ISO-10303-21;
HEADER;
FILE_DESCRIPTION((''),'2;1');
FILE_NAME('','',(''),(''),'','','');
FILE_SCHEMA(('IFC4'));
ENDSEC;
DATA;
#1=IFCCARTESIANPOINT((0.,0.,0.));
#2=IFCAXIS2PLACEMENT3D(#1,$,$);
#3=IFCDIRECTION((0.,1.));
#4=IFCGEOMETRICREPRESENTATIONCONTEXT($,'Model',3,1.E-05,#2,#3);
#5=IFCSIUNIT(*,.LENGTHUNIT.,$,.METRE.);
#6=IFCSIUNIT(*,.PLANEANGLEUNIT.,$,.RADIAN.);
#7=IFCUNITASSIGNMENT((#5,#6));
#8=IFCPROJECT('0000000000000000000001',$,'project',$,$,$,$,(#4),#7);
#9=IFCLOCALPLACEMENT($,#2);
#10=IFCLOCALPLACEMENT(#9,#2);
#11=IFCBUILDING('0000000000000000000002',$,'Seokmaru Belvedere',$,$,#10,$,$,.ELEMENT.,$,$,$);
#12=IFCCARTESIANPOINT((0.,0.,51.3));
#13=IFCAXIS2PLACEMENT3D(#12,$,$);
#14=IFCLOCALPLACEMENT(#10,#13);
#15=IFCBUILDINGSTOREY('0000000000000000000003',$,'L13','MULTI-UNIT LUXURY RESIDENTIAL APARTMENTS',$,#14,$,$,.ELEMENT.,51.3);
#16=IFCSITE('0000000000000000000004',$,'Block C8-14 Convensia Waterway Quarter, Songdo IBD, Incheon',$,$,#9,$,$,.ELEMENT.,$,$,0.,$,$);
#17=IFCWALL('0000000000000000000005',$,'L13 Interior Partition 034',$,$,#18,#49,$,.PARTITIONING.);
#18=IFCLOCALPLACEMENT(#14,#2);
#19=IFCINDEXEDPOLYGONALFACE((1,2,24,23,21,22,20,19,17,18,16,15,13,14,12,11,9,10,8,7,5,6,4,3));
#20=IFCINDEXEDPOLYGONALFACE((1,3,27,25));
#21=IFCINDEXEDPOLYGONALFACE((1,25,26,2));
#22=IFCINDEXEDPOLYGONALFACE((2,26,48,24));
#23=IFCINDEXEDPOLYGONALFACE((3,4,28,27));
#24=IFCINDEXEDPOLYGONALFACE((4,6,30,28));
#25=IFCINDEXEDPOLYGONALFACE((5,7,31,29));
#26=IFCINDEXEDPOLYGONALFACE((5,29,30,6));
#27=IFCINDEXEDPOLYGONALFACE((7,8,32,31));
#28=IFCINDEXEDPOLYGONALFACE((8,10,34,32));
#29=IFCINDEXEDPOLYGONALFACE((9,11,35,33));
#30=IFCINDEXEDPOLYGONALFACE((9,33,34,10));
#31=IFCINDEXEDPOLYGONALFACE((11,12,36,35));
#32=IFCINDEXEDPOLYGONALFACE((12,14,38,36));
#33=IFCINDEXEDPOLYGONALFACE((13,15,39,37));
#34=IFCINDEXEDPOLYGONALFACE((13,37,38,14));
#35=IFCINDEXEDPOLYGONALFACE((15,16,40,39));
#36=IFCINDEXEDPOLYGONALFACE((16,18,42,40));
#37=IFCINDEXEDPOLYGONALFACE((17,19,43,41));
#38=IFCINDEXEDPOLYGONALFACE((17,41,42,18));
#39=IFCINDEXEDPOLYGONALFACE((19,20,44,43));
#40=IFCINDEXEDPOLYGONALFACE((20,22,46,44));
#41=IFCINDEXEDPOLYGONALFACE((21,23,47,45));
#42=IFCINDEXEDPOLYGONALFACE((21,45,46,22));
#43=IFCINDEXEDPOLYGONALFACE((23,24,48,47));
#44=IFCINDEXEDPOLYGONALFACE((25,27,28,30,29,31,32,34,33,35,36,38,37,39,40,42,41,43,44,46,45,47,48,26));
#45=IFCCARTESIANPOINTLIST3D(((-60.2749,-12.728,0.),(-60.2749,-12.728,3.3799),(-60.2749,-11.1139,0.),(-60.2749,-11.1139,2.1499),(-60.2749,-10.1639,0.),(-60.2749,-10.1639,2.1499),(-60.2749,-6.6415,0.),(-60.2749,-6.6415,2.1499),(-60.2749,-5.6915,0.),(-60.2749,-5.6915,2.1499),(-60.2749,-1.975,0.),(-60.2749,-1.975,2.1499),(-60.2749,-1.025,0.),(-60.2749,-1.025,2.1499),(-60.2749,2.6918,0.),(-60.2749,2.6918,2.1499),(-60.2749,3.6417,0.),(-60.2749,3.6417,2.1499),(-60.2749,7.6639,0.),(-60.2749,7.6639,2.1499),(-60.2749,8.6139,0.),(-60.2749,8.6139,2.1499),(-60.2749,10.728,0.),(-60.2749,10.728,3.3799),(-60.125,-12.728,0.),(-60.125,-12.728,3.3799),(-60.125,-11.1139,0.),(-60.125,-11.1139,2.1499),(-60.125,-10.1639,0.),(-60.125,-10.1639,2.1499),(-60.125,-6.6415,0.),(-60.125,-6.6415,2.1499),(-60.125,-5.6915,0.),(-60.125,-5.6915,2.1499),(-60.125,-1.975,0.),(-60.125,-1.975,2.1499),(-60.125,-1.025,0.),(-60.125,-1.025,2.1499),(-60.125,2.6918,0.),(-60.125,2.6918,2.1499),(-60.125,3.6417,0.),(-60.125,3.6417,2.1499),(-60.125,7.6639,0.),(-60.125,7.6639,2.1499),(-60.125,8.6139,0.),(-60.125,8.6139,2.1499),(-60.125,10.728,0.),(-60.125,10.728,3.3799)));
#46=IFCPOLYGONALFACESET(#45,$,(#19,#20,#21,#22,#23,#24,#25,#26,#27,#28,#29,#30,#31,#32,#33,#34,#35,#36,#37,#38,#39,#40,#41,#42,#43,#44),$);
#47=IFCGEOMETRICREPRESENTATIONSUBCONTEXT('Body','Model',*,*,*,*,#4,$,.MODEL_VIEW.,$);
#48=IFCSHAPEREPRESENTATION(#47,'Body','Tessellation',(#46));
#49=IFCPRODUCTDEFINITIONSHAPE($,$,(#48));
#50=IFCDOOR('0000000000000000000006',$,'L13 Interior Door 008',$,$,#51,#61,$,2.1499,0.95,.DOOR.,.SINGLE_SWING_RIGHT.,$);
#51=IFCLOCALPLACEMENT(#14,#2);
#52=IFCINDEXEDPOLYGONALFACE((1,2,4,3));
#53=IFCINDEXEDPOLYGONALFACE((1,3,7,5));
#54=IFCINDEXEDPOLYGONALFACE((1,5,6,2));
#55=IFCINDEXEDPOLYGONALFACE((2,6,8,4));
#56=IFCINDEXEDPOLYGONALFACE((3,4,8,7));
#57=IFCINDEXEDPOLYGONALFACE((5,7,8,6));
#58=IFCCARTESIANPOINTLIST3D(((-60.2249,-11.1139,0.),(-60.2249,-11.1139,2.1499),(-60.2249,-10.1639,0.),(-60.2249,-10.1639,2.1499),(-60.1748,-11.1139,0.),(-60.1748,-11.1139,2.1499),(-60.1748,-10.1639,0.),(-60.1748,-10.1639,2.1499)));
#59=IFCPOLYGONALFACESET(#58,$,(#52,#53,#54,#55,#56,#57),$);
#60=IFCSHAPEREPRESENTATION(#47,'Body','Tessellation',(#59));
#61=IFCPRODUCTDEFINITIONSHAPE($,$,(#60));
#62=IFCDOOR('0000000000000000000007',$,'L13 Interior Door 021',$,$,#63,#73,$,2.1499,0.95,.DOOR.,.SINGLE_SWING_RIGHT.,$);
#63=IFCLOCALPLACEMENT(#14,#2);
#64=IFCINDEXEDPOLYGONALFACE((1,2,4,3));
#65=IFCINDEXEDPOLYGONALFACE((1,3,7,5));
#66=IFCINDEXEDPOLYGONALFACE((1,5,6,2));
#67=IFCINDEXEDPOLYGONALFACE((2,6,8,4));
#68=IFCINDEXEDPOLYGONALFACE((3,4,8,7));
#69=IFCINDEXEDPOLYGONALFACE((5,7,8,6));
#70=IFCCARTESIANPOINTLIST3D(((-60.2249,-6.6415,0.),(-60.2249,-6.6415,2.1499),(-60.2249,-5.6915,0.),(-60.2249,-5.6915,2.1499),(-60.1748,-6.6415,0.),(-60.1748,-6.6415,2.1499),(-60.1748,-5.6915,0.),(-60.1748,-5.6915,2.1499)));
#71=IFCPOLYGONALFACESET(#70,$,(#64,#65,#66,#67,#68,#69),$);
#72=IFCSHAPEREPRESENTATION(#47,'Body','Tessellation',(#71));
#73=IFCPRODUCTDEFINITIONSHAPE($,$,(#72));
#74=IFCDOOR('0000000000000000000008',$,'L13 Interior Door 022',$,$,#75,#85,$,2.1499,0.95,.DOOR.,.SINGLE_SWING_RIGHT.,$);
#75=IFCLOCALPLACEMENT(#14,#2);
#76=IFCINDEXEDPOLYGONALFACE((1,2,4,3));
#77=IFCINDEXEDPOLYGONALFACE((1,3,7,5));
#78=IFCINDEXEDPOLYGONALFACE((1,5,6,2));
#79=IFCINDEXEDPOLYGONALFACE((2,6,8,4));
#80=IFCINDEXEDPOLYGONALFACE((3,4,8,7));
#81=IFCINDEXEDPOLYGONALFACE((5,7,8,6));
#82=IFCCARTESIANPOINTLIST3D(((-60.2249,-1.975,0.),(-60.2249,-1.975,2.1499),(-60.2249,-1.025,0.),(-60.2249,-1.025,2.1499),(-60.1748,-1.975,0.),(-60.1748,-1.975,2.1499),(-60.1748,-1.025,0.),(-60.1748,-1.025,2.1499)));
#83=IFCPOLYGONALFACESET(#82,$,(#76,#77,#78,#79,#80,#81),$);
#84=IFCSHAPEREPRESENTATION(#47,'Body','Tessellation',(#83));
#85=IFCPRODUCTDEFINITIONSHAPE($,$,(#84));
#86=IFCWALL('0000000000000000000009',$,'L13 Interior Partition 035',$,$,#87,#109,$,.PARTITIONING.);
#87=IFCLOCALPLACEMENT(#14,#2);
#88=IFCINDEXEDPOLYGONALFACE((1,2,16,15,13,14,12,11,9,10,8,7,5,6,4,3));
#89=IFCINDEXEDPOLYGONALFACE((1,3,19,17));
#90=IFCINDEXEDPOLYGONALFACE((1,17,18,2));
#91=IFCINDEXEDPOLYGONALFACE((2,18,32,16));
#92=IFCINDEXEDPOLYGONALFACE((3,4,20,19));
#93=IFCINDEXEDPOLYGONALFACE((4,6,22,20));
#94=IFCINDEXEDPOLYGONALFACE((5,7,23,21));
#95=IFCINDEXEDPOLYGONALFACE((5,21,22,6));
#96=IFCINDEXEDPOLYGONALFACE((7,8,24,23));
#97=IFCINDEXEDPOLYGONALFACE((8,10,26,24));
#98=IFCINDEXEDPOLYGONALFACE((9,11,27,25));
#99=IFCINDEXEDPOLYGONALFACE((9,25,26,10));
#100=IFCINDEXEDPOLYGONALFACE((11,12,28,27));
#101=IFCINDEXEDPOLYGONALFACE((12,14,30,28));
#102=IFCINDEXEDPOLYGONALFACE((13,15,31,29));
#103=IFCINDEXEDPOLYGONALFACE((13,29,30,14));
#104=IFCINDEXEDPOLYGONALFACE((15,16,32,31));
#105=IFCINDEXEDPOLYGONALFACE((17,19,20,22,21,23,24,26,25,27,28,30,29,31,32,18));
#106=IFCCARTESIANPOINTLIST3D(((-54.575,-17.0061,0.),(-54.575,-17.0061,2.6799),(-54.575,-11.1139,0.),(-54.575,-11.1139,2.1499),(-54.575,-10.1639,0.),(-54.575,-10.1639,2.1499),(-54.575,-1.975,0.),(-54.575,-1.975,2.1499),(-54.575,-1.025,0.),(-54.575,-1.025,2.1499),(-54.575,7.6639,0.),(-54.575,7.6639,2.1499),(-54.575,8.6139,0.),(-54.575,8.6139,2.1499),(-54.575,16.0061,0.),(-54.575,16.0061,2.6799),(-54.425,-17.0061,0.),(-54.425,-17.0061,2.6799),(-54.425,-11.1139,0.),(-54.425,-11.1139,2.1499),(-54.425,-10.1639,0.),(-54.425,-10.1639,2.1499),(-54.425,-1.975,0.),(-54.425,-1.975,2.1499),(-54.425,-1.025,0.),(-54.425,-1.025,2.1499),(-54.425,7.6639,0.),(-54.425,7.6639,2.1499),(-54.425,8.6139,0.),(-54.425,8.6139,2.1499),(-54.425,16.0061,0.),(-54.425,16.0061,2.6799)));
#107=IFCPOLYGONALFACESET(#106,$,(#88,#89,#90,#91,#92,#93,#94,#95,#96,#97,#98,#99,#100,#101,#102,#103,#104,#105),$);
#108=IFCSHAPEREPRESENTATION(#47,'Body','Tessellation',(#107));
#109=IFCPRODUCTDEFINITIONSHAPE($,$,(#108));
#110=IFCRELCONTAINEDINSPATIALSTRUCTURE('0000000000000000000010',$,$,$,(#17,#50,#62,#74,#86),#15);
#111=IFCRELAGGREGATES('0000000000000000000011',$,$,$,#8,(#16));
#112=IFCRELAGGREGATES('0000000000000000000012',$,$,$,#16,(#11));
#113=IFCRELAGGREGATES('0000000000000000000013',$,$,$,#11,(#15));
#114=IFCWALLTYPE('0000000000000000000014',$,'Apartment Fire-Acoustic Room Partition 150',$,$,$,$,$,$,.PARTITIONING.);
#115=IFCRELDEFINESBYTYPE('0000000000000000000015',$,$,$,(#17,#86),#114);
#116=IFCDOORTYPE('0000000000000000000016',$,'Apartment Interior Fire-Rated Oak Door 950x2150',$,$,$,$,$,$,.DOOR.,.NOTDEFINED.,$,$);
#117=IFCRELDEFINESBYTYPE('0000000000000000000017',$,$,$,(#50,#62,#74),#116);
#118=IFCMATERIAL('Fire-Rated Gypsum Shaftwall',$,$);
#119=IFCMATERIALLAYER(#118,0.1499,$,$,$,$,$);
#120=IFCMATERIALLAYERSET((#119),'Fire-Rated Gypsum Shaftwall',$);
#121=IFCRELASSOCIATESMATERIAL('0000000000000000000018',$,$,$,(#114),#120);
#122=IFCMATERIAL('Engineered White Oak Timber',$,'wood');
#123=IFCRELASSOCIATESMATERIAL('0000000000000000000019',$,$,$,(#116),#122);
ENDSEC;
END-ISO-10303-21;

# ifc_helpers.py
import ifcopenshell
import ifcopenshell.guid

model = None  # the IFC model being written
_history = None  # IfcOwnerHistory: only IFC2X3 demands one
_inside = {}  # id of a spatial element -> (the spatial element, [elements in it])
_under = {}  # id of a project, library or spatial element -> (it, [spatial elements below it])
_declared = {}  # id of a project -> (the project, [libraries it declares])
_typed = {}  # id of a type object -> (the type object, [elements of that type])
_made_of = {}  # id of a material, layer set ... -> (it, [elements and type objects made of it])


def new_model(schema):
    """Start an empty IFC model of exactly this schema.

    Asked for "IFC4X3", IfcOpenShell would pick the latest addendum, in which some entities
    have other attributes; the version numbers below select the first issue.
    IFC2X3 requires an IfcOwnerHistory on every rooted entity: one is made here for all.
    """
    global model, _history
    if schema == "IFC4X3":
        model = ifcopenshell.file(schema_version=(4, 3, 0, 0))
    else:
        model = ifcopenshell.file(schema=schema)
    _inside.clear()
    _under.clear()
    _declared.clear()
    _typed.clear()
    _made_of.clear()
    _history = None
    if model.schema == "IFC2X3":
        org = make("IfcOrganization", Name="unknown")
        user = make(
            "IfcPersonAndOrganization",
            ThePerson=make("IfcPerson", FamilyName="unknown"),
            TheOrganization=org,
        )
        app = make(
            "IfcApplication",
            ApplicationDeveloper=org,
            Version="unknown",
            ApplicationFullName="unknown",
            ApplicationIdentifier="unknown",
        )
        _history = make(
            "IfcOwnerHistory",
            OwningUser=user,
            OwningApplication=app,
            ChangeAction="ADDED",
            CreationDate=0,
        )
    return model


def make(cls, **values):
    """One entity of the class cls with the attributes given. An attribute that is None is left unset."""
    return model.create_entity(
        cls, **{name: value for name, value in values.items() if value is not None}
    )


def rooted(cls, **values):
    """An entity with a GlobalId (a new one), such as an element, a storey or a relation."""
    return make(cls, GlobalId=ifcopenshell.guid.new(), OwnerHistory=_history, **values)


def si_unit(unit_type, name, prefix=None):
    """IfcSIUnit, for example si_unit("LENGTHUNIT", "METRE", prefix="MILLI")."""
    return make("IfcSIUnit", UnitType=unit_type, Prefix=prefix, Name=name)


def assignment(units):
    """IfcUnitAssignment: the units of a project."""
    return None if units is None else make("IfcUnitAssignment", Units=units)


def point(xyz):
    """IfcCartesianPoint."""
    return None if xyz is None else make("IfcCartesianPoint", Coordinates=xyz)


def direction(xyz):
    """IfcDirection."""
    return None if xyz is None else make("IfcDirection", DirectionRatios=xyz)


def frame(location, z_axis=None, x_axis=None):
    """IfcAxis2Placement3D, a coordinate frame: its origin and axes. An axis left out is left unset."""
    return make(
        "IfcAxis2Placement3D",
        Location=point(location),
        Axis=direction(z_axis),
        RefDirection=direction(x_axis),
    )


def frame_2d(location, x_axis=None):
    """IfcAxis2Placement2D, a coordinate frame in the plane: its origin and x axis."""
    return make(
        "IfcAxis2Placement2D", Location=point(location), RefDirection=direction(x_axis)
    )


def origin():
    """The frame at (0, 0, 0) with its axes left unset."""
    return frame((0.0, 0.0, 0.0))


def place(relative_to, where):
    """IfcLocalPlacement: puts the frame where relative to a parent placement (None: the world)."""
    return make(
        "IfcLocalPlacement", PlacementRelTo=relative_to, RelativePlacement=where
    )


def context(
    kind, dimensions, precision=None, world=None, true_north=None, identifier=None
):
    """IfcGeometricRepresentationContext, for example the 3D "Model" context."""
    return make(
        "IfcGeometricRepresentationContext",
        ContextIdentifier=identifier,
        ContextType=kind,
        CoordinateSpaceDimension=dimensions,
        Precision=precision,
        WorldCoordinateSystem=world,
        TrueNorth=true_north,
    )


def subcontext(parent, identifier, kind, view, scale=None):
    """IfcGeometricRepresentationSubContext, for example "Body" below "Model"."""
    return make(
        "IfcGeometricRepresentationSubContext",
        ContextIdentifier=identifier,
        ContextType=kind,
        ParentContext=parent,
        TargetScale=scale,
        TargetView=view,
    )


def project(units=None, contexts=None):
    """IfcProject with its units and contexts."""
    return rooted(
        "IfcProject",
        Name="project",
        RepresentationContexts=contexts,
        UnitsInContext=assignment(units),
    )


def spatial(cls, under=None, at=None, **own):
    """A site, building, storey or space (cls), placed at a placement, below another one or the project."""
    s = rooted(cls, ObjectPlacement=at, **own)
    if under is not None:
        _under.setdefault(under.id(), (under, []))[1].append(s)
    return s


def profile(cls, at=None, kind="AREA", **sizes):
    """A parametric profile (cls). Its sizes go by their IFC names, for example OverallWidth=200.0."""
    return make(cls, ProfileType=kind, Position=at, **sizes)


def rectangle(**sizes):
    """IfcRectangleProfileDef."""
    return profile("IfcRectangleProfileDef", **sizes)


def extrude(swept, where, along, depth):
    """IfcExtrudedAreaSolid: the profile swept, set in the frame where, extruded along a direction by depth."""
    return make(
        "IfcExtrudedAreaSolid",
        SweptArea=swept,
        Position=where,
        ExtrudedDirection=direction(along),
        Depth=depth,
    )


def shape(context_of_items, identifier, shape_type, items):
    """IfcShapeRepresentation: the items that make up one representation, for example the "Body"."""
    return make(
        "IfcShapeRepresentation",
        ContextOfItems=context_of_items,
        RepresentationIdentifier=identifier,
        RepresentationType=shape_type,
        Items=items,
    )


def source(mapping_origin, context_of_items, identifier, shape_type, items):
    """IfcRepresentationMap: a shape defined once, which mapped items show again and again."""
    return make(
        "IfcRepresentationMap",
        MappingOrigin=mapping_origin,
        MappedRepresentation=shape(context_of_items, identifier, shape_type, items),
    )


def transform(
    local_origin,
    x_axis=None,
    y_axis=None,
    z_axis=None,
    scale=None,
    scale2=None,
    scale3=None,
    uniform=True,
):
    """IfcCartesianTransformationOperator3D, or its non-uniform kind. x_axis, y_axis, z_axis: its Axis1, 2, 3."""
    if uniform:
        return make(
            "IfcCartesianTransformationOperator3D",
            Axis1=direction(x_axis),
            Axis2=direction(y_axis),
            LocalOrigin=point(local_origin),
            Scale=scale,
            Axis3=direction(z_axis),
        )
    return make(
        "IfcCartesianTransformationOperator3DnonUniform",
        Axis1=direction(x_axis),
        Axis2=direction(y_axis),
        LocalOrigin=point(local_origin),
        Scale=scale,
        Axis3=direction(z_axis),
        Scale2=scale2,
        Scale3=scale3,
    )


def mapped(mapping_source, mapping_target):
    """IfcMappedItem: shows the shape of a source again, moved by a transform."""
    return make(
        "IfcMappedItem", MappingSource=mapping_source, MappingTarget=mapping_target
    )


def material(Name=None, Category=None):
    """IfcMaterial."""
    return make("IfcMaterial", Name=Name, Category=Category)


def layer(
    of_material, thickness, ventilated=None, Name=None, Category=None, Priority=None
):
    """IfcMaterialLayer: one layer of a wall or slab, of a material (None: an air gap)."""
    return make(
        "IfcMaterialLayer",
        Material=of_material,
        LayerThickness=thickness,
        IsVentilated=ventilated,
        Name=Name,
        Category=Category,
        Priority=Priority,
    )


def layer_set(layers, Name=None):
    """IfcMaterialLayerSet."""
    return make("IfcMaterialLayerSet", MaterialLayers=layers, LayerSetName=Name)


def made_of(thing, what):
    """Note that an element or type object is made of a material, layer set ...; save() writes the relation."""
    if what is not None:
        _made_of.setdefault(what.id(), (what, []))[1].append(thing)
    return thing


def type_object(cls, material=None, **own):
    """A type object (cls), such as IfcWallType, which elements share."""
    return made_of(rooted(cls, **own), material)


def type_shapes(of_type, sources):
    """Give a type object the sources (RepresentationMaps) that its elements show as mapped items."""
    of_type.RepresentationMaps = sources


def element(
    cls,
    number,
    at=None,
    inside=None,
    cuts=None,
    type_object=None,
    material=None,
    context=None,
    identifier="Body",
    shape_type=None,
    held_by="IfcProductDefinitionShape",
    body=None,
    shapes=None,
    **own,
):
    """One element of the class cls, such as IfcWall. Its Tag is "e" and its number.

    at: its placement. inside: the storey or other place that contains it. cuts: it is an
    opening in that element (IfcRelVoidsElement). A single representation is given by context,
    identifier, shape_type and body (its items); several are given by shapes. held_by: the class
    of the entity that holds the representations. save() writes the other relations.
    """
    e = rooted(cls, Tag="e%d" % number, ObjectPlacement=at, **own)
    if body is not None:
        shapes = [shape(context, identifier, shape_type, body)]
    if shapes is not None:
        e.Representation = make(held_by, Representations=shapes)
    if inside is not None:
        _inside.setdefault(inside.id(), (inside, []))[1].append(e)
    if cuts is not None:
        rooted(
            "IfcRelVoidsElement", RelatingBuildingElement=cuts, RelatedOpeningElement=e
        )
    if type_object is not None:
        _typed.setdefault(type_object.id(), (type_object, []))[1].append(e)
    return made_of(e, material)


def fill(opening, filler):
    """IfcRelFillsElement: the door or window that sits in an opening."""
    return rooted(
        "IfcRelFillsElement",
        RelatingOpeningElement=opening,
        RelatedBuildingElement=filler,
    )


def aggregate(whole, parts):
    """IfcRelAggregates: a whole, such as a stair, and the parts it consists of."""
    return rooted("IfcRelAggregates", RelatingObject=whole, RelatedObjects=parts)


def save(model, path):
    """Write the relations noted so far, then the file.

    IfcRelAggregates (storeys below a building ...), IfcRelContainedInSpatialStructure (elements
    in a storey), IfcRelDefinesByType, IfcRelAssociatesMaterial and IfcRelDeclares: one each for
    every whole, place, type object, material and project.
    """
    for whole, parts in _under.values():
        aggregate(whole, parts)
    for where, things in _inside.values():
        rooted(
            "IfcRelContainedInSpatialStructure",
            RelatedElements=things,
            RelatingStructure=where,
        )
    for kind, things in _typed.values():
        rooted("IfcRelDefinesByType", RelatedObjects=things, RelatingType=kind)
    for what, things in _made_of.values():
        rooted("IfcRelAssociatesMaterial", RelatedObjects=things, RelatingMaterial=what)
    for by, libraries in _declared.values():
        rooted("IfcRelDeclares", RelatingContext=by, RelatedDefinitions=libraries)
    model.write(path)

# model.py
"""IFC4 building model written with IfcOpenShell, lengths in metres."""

from ifc_helpers import new_model, si_unit, direction, frame, frame_2d, origin, place, context, subcontext, project, spatial, rectangle, extrude, source, transform, mapped, material, layer, layer_set, type_object, type_shapes, element, fill, save


model = new_model("IFC4")

# Units and contexts
model_context = context("Model", 3, precision=1e-05, world=origin(), true_north=direction((0.0, 1.0)))
body_context = subcontext(model_context, "Body", "Model", "MODEL_VIEW")
ifc_project = project(units=[si_unit("LENGTHUNIT", "METRE"), si_unit("PLANEANGLEUNIT", "RADIAN")], contexts=[model_context])

# Site, building, storey
site_placement = place(None, origin())
site = spatial("IfcSite", under=ifc_project, at=site_placement, Name="Block C8-14 Convensia Waterway Quarter, Songdo IBD, Incheon", CompositionType="ELEMENT", RefElevation=0.0)
building_placement = place(site_placement, origin())
building = spatial("IfcBuilding", under=site, at=building_placement, Name="Seokmaru Belvedere", CompositionType="ELEMENT")
storey_placement = place(building_placement, frame((0.0, 0.0, 51.3)))
storey = spatial("IfcBuildingStorey", under=building, at=storey_placement, Name="L13", Description="MULTI-UNIT LUXURY RESIDENTIAL APARTMENTS", CompositionType="ELEMENT", Elevation=51.3)

# Shared definitions
ifc_material_1 = material(Name="Fire-Rated Gypsum Shaftwall")
ifc_layer_1 = layer(ifc_material_1, 0.1499)
ifc_layer_set_1 = layer_set([ifc_layer_1], Name="Fire-Rated Gypsum Shaftwall")
wall_type = type_object("IfcWallType", Name="Apartment Fire-Acoustic Room Partition 150", PredefinedType="PARTITIONING", material=ifc_layer_set_1)
ifc_material_2 = material(Name="Engineered White Oak Timber", Category="wood")
door_type = type_object("IfcDoorType", Name="Apartment Interior Fire-Rated Oak Door 950x2150", OperationType="NOTDEFINED", PredefinedType="DOOR", material=ifc_material_2)
shared_shape_1 = source(origin(), body_context, "Body", "SweptSolid", [
    extrude(rectangle(XDim=0.95, YDim=2.1499, at=frame_2d((0.4751, 1.075))), frame((0.0, 0.0249, 0.0), z_axis=(0.0, -1.0, 0.0), x_axis=(1.0, 0.0, 0.0)), (0.0, 0.0, 1.0), 0.05),
])
type_shapes(door_type, [shared_shape_1])

# Wall, openings, doors
wall_1_placement = place(storey_placement, frame((-60.2, -12.728, 0.0), z_axis=(0.0, 0.0, 1.0), x_axis=(0.0, 1.0, 0.0)))
wall_1 = element("IfcWall", 1, at=wall_1_placement, inside=storey, type_object=wall_type, Name="L13 Interior Partition 034", PredefinedType="PARTITIONING", context=body_context, shape_type="SweptSolid", body=[
    extrude(rectangle(XDim=23.4561, YDim=0.1499, at=frame_2d((11.728, 0.0))), origin(), (0.0, 0.0, 1.0), 3.3799),
])
opening_1_placement = place(wall_1_placement, frame((1.614, 0.0, 0.0)))
opening_1 = element("IfcOpeningElement", 2, at=opening_1_placement, cuts=wall_1, PredefinedType="OPENING", context=body_context, shape_type="SweptSolid", body=[
    extrude(rectangle(XDim=0.95, YDim=2.1499, at=frame_2d((0.4751, 1.075))), frame((0.0, 0.085, 0.0), z_axis=(0.0, -1.0, 0.0), x_axis=(1.0, 0.0, 0.0)), (0.0, 0.0, 1.0), 0.1699),
])
opening_2_placement = place(wall_1_placement, frame((6.0864, 0.0, 0.0)))
opening_2 = element("IfcOpeningElement", 3, at=opening_2_placement, cuts=wall_1, PredefinedType="OPENING", context=body_context, shape_type="SweptSolid", body=[
    extrude(rectangle(XDim=0.95, YDim=2.1499, at=frame_2d((0.4751, 1.075))), frame((0.0, 0.085, 0.0), z_axis=(0.0, -1.0, 0.0), x_axis=(1.0, 0.0, 0.0)), (0.0, 0.0, 1.0), 0.1699),
])
opening_3_placement = place(wall_1_placement, frame((10.7529, 0.0, 0.0)))
opening_3 = element("IfcOpeningElement", 4, at=opening_3_placement, cuts=wall_1, PredefinedType="OPENING", context=body_context, shape_type="SweptSolid", body=[
    extrude(rectangle(XDim=0.95, YDim=2.1499, at=frame_2d((0.4751, 1.075))), frame((0.0, 0.085, 0.0), z_axis=(0.0, -1.0, 0.0), x_axis=(1.0, 0.0, 0.0)), (0.0, 0.0, 1.0), 0.1699),
])
opening_4_placement = place(wall_1_placement, frame((15.4197, 0.0, 0.0)))
element("IfcOpeningElement", 5, at=opening_4_placement, cuts=wall_1, PredefinedType="OPENING", context=body_context, shape_type="SweptSolid", body=[
    extrude(rectangle(XDim=0.95, YDim=2.1499, at=frame_2d((0.4751, 1.075))), frame((0.0, 0.085, 0.0), z_axis=(0.0, -1.0, 0.0), x_axis=(1.0, 0.0, 0.0)), (0.0, 0.0, 1.0), 0.1699),
])
opening_5_placement = place(wall_1_placement, frame((20.3918, 0.0, 0.0)))
element("IfcOpeningElement", 6, at=opening_5_placement, cuts=wall_1, PredefinedType="OPENING", context=body_context, shape_type="SweptSolid", body=[
    extrude(rectangle(XDim=0.95, YDim=2.1499, at=frame_2d((0.4751, 1.075))), frame((0.0, 0.085, 0.0), z_axis=(0.0, -1.0, 0.0), x_axis=(1.0, 0.0, 0.0)), (0.0, 0.0, 1.0), 0.1699),
])
door_1_placement = place(opening_1_placement, origin())
door_1 = element("IfcDoor", 7, at=door_1_placement, inside=storey, type_object=door_type, Name="L13 Interior Door 008", OperationType="SINGLE_SWING_RIGHT", OverallHeight=2.1499, OverallWidth=0.95, PredefinedType="DOOR", context=body_context, shape_type="MappedRepresentation", body=[
    mapped(shared_shape_1, transform((0.0, 0.0, 0.0), scale=1.0)),
])
fill(opening_1, door_1)
door_2_placement = place(opening_2_placement, origin())
door_2 = element("IfcDoor", 8, at=door_2_placement, inside=storey, type_object=door_type, Name="L13 Interior Door 021", OperationType="SINGLE_SWING_RIGHT", OverallHeight=2.1499, OverallWidth=0.95, PredefinedType="DOOR", context=body_context, shape_type="MappedRepresentation", body=[
    mapped(shared_shape_1, transform((0.0, 0.0, 0.0), scale=1.0)),
])
fill(opening_2, door_2)
door_3_placement = place(opening_3_placement, origin())
door_3 = element("IfcDoor", 9, at=door_3_placement, inside=storey, type_object=door_type, Name="L13 Interior Door 022", OperationType="SINGLE_SWING_RIGHT", OverallHeight=2.1499, OverallWidth=0.95, PredefinedType="DOOR", context=body_context, shape_type="MappedRepresentation", body=[
    mapped(shared_shape_1, transform((0.0, 0.0, 0.0), scale=1.0)),
])
fill(opening_3, door_3)

# Wall, openings
wall_2_placement = place(storey_placement, frame((-54.5, -17.0061, 0.0), z_axis=(0.0, 0.0, 1.0), x_axis=(0.0, 1.0, 0.0)))
wall_2 = element("IfcWall", 10, at=wall_2_placement, inside=storey, type_object=wall_type, Name="L13 Interior Partition 035", PredefinedType="PARTITIONING", context=body_context, shape_type="SweptSolid", body=[
    extrude(rectangle(XDim=33.0122, YDim=0.1499, at=frame_2d((16.5061, 0.0))), origin(), (0.0, 0.0, 1.0), 2.6799),
])
opening_6_placement = place(wall_2_placement, frame((5.8921, 0.0, 0.0)))
element("IfcOpeningElement", 11, at=opening_6_placement, cuts=wall_2, PredefinedType="OPENING", context=body_context, shape_type="SweptSolid", body=[
    extrude(rectangle(XDim=0.95, YDim=2.1499, at=frame_2d((0.4751, 1.075))), frame((0.0, 0.085, 0.0), z_axis=(0.0, -1.0, 0.0), x_axis=(1.0, 0.0, 0.0)), (0.0, 0.0, 1.0), 0.1699),
])
opening_7_placement = place(wall_2_placement, frame((15.031, 0.0, 0.0)))
element("IfcOpeningElement", 12, at=opening_7_placement, cuts=wall_2, PredefinedType="OPENING", context=body_context, shape_type="SweptSolid", body=[
    extrude(rectangle(XDim=0.95, YDim=2.1499, at=frame_2d((0.4751, 1.075))), frame((0.0, 0.085, 0.0), z_axis=(0.0, -1.0, 0.0), x_axis=(1.0, 0.0, 0.0)), (0.0, 0.0, 1.0), 0.1699),
])
opening_8_placement = place(wall_2_placement, frame((24.6699, 0.0, 0.0)))
element("IfcOpeningElement", 13, at=opening_8_placement, cuts=wall_2, PredefinedType="OPENING", context=body_context, shape_type="SweptSolid", body=[
    extrude(rectangle(XDim=0.95, YDim=2.1499, at=frame_2d((0.4751, 1.075))), frame((0.0, 0.085, 0.0), z_axis=(0.0, -1.0, 0.0), x_axis=(1.0, 0.0, 0.0)), (0.0, 0.0, 1.0), 0.1699),
])

save(model, "model.ifc")
